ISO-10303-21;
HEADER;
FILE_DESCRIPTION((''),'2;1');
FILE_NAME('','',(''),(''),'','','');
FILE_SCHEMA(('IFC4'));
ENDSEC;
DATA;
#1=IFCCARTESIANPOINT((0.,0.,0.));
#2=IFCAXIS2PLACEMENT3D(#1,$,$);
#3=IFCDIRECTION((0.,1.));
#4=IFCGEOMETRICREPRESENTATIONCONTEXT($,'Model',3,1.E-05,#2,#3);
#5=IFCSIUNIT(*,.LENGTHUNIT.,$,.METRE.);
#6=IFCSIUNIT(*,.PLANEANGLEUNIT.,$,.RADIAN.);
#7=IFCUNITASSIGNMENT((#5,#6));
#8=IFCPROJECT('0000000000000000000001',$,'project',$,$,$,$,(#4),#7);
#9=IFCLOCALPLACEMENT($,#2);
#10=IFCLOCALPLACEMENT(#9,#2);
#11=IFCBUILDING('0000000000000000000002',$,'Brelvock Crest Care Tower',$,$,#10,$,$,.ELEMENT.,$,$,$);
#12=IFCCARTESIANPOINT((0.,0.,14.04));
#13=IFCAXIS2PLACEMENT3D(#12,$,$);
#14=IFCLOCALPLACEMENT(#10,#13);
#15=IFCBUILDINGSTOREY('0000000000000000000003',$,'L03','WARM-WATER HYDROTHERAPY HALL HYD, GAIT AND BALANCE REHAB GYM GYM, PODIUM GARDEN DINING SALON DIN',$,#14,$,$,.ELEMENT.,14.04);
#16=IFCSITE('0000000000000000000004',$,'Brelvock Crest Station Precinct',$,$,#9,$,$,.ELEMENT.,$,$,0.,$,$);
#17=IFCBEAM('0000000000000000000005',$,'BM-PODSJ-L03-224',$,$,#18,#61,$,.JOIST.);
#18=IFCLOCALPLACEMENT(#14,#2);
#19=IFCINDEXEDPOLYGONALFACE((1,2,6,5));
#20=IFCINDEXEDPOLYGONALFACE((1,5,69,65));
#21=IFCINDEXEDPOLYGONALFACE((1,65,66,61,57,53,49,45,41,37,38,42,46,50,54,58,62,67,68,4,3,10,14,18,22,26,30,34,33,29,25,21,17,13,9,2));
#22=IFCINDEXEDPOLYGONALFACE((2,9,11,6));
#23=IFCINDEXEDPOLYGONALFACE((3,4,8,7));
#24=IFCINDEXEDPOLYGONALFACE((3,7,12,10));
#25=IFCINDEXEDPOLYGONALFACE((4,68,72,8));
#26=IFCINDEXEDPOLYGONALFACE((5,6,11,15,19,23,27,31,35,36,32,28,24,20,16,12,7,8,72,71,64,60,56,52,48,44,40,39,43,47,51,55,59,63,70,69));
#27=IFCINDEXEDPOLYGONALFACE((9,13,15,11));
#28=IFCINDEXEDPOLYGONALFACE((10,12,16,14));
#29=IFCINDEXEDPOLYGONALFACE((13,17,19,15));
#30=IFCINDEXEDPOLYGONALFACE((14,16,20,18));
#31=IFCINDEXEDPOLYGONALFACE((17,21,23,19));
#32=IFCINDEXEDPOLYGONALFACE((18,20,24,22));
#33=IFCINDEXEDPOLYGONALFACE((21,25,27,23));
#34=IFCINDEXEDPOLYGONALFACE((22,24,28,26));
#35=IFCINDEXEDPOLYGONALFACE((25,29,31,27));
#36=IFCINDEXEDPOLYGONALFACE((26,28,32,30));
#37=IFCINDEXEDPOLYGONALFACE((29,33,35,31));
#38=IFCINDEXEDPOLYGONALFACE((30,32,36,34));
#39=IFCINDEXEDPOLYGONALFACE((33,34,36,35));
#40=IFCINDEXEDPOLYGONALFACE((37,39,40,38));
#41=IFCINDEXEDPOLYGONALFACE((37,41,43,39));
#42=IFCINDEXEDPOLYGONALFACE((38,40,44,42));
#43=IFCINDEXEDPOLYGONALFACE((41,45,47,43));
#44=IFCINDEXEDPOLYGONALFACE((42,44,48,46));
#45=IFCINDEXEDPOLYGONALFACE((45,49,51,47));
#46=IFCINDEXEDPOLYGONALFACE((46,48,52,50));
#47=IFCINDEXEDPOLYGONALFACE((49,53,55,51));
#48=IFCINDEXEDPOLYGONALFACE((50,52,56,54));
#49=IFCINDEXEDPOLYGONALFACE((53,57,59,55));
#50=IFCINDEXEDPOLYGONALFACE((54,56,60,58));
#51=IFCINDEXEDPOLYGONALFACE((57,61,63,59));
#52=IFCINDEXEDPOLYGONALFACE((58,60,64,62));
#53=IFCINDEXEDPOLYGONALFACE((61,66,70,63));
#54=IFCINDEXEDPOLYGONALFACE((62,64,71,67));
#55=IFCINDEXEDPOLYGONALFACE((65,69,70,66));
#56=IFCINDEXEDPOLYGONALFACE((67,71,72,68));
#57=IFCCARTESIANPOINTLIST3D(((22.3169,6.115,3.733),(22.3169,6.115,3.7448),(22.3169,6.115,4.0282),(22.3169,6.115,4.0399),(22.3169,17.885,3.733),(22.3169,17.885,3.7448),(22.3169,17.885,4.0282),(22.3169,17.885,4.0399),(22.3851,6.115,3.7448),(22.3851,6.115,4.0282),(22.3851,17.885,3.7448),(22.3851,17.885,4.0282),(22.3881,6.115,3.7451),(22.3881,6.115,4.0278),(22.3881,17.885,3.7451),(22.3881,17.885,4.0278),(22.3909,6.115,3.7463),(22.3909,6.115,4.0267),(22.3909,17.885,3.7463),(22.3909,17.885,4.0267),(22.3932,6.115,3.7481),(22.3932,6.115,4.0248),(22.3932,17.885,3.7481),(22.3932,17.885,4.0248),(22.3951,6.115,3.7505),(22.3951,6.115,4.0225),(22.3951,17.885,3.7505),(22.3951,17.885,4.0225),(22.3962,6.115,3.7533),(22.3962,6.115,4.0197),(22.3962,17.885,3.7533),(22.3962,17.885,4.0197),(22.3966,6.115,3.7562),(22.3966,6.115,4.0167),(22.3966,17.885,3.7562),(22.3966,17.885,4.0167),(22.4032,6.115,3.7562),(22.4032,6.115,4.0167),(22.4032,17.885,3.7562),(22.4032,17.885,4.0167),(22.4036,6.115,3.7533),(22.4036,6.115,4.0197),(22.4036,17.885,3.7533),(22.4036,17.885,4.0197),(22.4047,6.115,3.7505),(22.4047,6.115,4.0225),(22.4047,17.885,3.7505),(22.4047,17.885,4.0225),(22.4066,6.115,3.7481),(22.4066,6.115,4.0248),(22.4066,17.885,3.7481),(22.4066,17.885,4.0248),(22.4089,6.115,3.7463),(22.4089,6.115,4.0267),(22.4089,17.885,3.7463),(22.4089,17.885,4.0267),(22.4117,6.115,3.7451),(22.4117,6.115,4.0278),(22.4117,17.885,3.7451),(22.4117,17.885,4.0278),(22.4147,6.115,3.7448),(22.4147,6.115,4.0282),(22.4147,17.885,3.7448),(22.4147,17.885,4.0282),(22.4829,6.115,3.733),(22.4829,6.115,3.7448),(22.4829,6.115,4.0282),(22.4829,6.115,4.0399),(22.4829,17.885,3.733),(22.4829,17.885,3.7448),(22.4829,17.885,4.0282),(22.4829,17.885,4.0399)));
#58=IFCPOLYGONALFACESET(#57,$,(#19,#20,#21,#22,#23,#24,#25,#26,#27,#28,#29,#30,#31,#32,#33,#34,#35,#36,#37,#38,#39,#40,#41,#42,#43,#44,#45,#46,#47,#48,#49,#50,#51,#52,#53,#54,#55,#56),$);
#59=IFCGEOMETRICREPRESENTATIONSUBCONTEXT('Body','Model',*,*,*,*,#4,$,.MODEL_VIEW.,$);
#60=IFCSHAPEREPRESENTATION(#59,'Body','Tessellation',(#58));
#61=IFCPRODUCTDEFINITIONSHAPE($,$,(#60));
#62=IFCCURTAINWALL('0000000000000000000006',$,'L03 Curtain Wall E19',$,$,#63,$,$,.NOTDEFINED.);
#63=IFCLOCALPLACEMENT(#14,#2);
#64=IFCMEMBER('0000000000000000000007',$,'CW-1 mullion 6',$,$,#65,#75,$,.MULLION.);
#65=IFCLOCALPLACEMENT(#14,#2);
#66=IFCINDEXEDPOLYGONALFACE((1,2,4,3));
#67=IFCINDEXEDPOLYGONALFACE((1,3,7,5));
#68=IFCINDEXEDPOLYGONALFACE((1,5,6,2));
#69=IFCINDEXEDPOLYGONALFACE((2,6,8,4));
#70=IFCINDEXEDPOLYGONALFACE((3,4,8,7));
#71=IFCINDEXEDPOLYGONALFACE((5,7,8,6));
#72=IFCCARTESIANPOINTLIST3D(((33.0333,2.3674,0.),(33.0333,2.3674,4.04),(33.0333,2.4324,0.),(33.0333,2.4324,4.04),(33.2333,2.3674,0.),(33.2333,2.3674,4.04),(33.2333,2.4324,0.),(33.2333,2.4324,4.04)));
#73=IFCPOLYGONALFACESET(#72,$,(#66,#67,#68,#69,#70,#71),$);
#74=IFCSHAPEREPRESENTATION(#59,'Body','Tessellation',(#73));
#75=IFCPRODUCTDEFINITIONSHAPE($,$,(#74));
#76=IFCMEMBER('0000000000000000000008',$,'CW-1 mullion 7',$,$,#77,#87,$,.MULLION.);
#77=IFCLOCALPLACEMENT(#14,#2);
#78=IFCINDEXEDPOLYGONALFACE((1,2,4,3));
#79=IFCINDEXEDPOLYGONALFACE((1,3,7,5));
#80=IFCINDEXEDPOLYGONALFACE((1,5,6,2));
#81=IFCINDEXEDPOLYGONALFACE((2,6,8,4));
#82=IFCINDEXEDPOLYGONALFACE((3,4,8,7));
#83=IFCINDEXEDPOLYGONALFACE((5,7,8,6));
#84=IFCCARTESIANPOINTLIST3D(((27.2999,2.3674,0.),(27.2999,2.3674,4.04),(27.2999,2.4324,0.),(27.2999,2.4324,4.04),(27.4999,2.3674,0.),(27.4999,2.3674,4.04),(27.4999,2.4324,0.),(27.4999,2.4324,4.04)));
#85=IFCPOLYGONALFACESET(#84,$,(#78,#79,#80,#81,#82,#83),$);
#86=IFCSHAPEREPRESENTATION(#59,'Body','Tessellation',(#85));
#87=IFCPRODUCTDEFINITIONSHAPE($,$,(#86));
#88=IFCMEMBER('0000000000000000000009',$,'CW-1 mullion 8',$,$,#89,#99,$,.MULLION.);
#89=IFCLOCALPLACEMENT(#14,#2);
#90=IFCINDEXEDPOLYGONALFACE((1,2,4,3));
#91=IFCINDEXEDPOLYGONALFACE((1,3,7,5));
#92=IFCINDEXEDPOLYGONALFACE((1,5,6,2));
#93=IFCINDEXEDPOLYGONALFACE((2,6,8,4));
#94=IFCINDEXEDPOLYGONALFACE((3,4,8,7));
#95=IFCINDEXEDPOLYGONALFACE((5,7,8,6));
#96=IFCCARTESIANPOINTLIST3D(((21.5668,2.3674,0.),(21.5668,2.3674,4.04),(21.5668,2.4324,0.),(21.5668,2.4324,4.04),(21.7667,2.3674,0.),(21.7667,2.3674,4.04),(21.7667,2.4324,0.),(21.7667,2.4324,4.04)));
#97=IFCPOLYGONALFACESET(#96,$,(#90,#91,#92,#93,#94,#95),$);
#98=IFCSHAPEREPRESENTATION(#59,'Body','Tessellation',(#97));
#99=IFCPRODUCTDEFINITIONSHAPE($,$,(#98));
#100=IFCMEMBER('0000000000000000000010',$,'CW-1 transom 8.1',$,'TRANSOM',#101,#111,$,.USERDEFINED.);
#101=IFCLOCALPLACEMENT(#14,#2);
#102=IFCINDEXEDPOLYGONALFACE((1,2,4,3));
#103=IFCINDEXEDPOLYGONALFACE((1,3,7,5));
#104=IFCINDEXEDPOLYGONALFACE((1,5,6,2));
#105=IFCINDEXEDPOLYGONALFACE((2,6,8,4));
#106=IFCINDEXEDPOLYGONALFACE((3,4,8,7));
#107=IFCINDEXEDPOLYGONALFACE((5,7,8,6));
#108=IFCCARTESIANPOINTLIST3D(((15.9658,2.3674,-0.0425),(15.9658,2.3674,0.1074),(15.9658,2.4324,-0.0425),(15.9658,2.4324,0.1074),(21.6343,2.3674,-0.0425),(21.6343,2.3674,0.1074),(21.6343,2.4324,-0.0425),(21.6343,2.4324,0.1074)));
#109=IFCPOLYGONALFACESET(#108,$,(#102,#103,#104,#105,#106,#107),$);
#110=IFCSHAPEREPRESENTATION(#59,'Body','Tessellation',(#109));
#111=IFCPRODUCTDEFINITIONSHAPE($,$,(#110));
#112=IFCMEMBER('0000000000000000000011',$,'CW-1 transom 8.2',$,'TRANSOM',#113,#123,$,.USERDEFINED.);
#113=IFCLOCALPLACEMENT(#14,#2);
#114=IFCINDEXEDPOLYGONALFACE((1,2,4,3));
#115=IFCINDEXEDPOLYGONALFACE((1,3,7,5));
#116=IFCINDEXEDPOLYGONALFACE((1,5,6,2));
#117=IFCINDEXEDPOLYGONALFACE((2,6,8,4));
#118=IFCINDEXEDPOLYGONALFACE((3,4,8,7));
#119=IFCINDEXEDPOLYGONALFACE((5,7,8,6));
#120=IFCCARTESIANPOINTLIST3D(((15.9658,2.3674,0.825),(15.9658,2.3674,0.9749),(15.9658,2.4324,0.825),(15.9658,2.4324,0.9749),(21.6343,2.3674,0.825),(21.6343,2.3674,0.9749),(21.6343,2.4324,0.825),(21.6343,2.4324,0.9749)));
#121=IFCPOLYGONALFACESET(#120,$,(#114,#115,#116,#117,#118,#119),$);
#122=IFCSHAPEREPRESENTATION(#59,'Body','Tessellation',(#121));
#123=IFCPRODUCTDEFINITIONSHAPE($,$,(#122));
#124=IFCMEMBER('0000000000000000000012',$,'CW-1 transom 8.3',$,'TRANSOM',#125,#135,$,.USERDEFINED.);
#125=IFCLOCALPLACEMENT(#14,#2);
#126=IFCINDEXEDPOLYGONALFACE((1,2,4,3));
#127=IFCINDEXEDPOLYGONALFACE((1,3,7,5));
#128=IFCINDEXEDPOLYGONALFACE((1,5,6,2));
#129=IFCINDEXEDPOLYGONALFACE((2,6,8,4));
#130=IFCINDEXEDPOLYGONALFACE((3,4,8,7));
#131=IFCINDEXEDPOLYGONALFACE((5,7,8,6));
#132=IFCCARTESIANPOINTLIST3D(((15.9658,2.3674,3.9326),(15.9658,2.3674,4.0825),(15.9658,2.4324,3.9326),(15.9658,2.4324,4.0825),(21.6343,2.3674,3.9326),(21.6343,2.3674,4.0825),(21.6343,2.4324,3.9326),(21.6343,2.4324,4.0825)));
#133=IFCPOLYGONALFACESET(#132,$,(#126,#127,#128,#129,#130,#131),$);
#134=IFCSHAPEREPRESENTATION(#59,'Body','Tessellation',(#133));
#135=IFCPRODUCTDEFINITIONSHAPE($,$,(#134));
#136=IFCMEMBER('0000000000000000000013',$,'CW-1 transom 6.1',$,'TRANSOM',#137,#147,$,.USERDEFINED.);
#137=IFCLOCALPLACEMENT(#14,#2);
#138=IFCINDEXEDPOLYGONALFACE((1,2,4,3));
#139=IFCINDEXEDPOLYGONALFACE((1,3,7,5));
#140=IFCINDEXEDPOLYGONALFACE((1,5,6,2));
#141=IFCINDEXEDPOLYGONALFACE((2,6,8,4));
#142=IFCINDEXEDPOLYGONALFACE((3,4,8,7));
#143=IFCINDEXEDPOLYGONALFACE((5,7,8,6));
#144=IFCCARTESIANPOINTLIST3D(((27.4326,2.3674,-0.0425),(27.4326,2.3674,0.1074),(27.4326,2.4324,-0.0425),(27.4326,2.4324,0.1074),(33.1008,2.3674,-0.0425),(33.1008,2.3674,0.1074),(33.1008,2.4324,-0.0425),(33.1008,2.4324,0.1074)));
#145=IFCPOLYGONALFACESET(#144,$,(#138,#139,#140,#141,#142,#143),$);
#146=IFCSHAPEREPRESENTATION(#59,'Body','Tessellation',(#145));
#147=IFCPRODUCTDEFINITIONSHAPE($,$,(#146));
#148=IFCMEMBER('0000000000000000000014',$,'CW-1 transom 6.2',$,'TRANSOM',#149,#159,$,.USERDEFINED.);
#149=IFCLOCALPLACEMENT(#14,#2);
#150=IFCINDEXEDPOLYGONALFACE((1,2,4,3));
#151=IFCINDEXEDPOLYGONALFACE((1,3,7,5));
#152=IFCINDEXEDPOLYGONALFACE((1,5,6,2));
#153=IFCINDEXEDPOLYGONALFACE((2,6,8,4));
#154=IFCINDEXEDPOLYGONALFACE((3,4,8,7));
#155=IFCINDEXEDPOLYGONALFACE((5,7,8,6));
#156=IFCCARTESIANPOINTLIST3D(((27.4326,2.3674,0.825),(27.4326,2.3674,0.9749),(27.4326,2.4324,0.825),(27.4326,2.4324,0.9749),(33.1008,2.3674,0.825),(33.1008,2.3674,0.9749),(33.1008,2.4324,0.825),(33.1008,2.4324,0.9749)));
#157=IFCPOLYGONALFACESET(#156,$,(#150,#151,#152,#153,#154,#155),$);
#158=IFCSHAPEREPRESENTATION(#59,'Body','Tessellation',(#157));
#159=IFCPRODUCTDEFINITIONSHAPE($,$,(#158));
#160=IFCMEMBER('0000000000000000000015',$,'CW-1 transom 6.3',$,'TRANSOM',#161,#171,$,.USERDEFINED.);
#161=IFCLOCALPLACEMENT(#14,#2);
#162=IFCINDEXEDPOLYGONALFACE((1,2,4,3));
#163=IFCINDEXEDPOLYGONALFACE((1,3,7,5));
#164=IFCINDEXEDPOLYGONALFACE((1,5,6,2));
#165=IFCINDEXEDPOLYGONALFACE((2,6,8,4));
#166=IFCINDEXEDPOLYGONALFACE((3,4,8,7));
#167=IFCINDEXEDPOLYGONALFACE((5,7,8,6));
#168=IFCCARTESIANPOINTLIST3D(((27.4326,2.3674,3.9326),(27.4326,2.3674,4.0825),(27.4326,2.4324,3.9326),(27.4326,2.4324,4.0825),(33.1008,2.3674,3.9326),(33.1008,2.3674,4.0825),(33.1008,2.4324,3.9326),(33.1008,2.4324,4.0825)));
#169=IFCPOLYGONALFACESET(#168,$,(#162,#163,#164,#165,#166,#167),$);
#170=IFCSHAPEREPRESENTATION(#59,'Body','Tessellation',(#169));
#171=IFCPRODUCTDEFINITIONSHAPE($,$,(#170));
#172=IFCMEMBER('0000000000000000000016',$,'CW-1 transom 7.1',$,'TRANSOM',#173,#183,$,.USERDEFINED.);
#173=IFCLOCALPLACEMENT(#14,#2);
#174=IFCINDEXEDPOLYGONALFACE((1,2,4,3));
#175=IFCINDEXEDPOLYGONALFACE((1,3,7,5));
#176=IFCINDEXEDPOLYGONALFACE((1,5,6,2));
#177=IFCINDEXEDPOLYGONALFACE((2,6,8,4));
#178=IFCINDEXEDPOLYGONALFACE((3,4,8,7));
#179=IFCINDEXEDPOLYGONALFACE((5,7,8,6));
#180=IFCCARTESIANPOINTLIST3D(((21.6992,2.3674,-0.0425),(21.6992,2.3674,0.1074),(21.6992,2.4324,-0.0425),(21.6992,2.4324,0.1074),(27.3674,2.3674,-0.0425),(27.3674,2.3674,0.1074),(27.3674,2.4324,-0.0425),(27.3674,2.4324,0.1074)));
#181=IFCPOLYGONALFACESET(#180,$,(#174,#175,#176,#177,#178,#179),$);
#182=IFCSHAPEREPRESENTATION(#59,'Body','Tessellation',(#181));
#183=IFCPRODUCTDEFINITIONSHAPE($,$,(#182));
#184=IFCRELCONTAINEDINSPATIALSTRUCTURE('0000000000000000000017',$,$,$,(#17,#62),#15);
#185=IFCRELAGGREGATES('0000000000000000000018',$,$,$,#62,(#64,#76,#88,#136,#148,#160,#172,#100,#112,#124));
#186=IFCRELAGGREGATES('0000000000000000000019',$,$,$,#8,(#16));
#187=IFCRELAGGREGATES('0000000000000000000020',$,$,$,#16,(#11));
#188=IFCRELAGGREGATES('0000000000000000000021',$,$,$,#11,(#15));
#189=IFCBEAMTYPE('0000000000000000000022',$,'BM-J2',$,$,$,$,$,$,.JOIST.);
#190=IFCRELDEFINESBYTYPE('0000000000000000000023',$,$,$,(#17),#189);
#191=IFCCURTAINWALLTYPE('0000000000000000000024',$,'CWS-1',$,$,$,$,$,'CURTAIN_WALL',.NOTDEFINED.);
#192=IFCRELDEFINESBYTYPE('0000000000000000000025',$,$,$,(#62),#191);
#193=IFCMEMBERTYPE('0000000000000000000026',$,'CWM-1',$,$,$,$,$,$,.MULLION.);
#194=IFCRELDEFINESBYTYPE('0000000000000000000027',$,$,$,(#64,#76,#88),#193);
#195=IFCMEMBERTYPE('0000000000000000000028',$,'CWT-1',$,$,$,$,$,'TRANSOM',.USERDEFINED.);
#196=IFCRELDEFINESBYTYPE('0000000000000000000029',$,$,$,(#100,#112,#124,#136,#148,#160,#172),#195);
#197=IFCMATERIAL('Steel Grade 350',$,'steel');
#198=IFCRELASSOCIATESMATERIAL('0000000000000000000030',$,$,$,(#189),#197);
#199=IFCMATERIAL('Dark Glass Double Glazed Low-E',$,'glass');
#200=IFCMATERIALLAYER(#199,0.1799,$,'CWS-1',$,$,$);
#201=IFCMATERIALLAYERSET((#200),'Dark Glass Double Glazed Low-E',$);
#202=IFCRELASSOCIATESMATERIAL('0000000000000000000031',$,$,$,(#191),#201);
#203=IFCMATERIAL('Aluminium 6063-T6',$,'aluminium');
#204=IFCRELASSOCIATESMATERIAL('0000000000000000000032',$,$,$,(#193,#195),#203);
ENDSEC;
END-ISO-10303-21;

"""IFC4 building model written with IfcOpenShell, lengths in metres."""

from ifc_helpers import new_model, si_unit, direction, frame, origin, origin_2d, place, context, subcontext, project, spatial, rectangle, i_section, extrude, source, transform, mapped, material, layer, layer_set, material_profile, profile_set, type_object, element, aggregate, save


model = new_model("IFC4")

# Units and contexts
model_context = context("Model", 3, precision=1e-05, world=origin(), true_north=direction((0.0, 1.0)))
body_context = subcontext(model_context, "Body", "Model", "MODEL_VIEW")
ifc_project = project(units=[si_unit("LENGTHUNIT", "METRE"), si_unit("PLANEANGLEUNIT", "RADIAN")], contexts=[model_context])

# Site, building, storey
site_placement = place(None, origin())
site = spatial("IfcSite", under=ifc_project, at=site_placement, Name="Brelvock Crest Station Precinct", CompositionType="ELEMENT", RefElevation=0.0)
building_placement = place(site_placement, origin())
building = spatial("IfcBuilding", under=site, at=building_placement, Name="Brelvock Crest Care Tower", CompositionType="ELEMENT")
storey_placement = place(building_placement, frame((0.0, 0.0, 14.04)))
storey = spatial("IfcBuildingStorey", under=building, at=storey_placement, Name="L03", Description="WARM-WATER HYDROTHERAPY HALL HYD, GAIT AND BALANCE REHAB GYM GYM, PODIUM GARDEN DINING SALON DIN", CompositionType="ELEMENT", Elevation=14.04)

# Beam
ifc_material_1 = material(Name="Steel Grade 350", Category="steel")
ifc_material_profile_1 = material_profile(ifc_material_1, i_section(OverallWidth=0.166, OverallDepth=0.3069, WebThickness=0.0066, FlangeThickness=0.0117, FilletRadius=0.0115, at=origin_2d()), Name="310UB46.2")
ifc_profile_set_1 = profile_set([ifc_material_profile_1], Name="Steel Grade 350")
beam_type_1 = type_object("IfcBeamType", Name="BM-J2", PredefinedType="JOIST", material=ifc_profile_set_1)
shared_shape_1 = source(origin(), body_context, "Body", "SweptSolid", [
    extrude(i_section(OverallWidth=0.166, OverallDepth=0.3069, WebThickness=0.0066, FlangeThickness=0.0117, FilletRadius=0.0115, at=origin_2d()), origin(), (0.0, 0.0, 1.0), 11.77),
])
for number, where, z_axis, x_axis, name in (
    (1, (22.3999, 6.115, 3.8865), (0.0, 1.0, 0.0), (-1.0, 0.0, 0.0), "BM-PODSJ-L03-224"),
):
    element("IfcBeam", number, at=place(storey_placement, frame(where, z_axis=z_axis, x_axis=x_axis)), inside=storey, type_object=beam_type_1, Name=name, PredefinedType="JOIST", context=body_context, shape_type="MappedRepresentation", body=[
        mapped(shared_shape_1, transform((0.0, 0.0, 0.0), x_axis=(1.0, 0.0, 0.0), y_axis=(0.0, 1.0, 0.0), z_axis=(0.0, 0.0, 1.0), scale=1.0)),
    ])

# Curtain wall, members
ifc_material_2 = material(Name="Dark Glass Double Glazed Low-E", Category="glass")
ifc_layer_1 = layer(ifc_material_2, 0.1799, Name="CWS-1")
ifc_layer_set_1 = layer_set([ifc_layer_1], Name="Dark Glass Double Glazed Low-E")
curtain_wall_type = type_object("IfcCurtainWallType", Name="CWS-1", ElementType="CURTAIN_WALL", PredefinedType="NOTDEFINED", material=ifc_layer_set_1)
curtain_wall_placement = place(storey_placement, origin())
curtain_wall = element("IfcCurtainWall", 2, at=curtain_wall_placement, inside=storey, type_object=curtain_wall_type, Name="L03 Curtain Wall E19", PredefinedType="NOTDEFINED")
ifc_material_3 = material(Name="Aluminium 6063-T6", Category="aluminium")
ifc_material_profile_2 = material_profile(ifc_material_3, rectangle(XDim=0.0649, YDim=0.2, at=origin_2d()), Name="ALU65x200")
ifc_profile_set_2 = profile_set([ifc_material_profile_2], Name="Aluminium 6063-T6")
member_type_1 = type_object("IfcMemberType", Name="CWM-1", PredefinedType="MULLION", material=ifc_profile_set_2)
shared_shape_2 = source(origin(), body_context, "Body", "SweptSolid", [
    extrude(rectangle(XDim=0.0649, YDim=0.2, at=origin_2d()), origin(), (0.0, 0.0, 1.0), 4.04),
])
member_1_placement = place(storey_placement, frame((33.1333, 2.3999, 0.0), z_axis=(0.0, 0.0, 1.0), x_axis=(0.0, -1.0, 0.0)))
member_1 = element("IfcMember", 3, at=member_1_placement, type_object=member_type_1, Name="CW-1 mullion 6", PredefinedType="MULLION", context=body_context, shape_type="MappedRepresentation", body=[
    mapped(shared_shape_2, transform((0.0, 0.0, 0.0), x_axis=(1.0, 0.0, 0.0), y_axis=(0.0, 1.0, 0.0), z_axis=(0.0, 0.0, 1.0), scale=1.0)),
])
member_2_placement = place(storey_placement, frame((27.3999, 2.3999, 0.0), z_axis=(0.0, 0.0, 1.0), x_axis=(0.0, -1.0, 0.0)))
member_2 = element("IfcMember", 4, at=member_2_placement, type_object=member_type_1, Name="CW-1 mullion 7", PredefinedType="MULLION", context=body_context, shape_type="MappedRepresentation", body=[
    mapped(shared_shape_2, transform((0.0, 0.0, 0.0), x_axis=(1.0, 0.0, 0.0), y_axis=(0.0, 1.0, 0.0), z_axis=(0.0, 0.0, 1.0), scale=1.0)),
])
member_3_placement = place(storey_placement, frame((21.6667, 2.3999, 0.0), z_axis=(0.0, 0.0, 1.0), x_axis=(0.0, -1.0, 0.0)))
member_3 = element("IfcMember", 5, at=member_3_placement, type_object=member_type_1, Name="CW-1 mullion 8", PredefinedType="MULLION", context=body_context, shape_type="MappedRepresentation", body=[
    mapped(shared_shape_2, transform((0.0, 0.0, 0.0), x_axis=(1.0, 0.0, 0.0), y_axis=(0.0, 1.0, 0.0), z_axis=(0.0, 0.0, 1.0), scale=1.0)),
])
ifc_material_profile_3 = material_profile(ifc_material_3, rectangle(XDim=0.0649, YDim=0.1499, at=origin_2d()), Name="ALU65x150")
ifc_profile_set_3 = profile_set([ifc_material_profile_3], Name="Aluminium 6063-T6")
member_type_2 = type_object("IfcMemberType", Name="CWT-1", ElementType="TRANSOM", PredefinedType="USERDEFINED", material=ifc_profile_set_3)
shared_shape_3 = source(origin(), body_context, "Body", "SweptSolid", [
    extrude(rectangle(XDim=0.0649, YDim=0.1499, at=origin_2d()), origin(), (0.0, 0.0, 1.0), 5.6685),
])
member_4_placement = place(storey_placement, frame((21.6343, 2.3999, 0.0325), z_axis=(-1.0, 0.0, 0.0), x_axis=(0.0, -1.0, 0.0)))
member_4 = element("IfcMember", 6, at=member_4_placement, type_object=member_type_2, Name="CW-1 transom 8.1", ObjectType="TRANSOM", PredefinedType="USERDEFINED", context=body_context, shape_type="MappedRepresentation", body=[
    mapped(shared_shape_3, transform((0.0, 0.0, 0.0), x_axis=(1.0, 0.0, 0.0), y_axis=(0.0, 1.0, 0.0), z_axis=(0.0, 0.0, 1.0), scale=1.0)),
])
member_5_placement = place(storey_placement, frame((21.6343, 2.3999, 0.8999), z_axis=(-1.0, 0.0, 0.0), x_axis=(0.0, -1.0, 0.0)))
member_5 = element("IfcMember", 7, at=member_5_placement, type_object=member_type_2, Name="CW-1 transom 8.2", ObjectType="TRANSOM", PredefinedType="USERDEFINED", context=body_context, shape_type="MappedRepresentation", body=[
    mapped(shared_shape_3, transform((0.0, 0.0, 0.0), x_axis=(1.0, 0.0, 0.0), y_axis=(0.0, 1.0, 0.0), z_axis=(0.0, 0.0, 1.0), scale=1.0)),
])
member_6_placement = place(storey_placement, frame((21.6343, 2.3999, 4.0076), z_axis=(-1.0, 0.0, 0.0), x_axis=(0.0, -1.0, 0.0)))
member_6 = element("IfcMember", 8, at=member_6_placement, type_object=member_type_2, Name="CW-1 transom 8.3", ObjectType="TRANSOM", PredefinedType="USERDEFINED", context=body_context, shape_type="MappedRepresentation", body=[
    mapped(shared_shape_3, transform((0.0, 0.0, 0.0), x_axis=(1.0, 0.0, 0.0), y_axis=(0.0, 1.0, 0.0), z_axis=(0.0, 0.0, 1.0), scale=1.0)),
])
shared_shape_4 = source(origin(), body_context, "Body", "SweptSolid", [
    extrude(rectangle(XDim=0.0649, YDim=0.1499, at=origin_2d()), origin(), (0.0, 0.0, 1.0), 5.6682),
])
member_7_placement = place(storey_placement, frame((33.1008, 2.3999, 0.0325), z_axis=(-1.0, 0.0, 0.0), x_axis=(0.0, -1.0, 0.0)))
member_7 = element("IfcMember", 9, at=member_7_placement, type_object=member_type_2, Name="CW-1 transom 6.1", ObjectType="TRANSOM", PredefinedType="USERDEFINED", context=body_context, shape_type="MappedRepresentation", body=[
    mapped(shared_shape_4, transform((0.0, 0.0, 0.0), x_axis=(1.0, 0.0, 0.0), y_axis=(0.0, 1.0, 0.0), z_axis=(0.0, 0.0, 1.0), scale=1.0)),
])
member_8_placement = place(storey_placement, frame((33.1008, 2.3999, 0.8999), z_axis=(-1.0, 0.0, 0.0), x_axis=(0.0, -1.0, 0.0)))
member_8 = element("IfcMember", 10, at=member_8_placement, type_object=member_type_2, Name="CW-1 transom 6.2", ObjectType="TRANSOM", PredefinedType="USERDEFINED", context=body_context, shape_type="MappedRepresentation", body=[
    mapped(shared_shape_4, transform((0.0, 0.0, 0.0), x_axis=(1.0, 0.0, 0.0), y_axis=(0.0, 1.0, 0.0), z_axis=(0.0, 0.0, 1.0), scale=1.0)),
])
member_9_placement = place(storey_placement, frame((33.1008, 2.3999, 4.0076), z_axis=(-1.0, 0.0, 0.0), x_axis=(0.0, -1.0, 0.0)))
member_9 = element("IfcMember", 11, at=member_9_placement, type_object=member_type_2, Name="CW-1 transom 6.3", ObjectType="TRANSOM", PredefinedType="USERDEFINED", context=body_context, shape_type="MappedRepresentation", body=[
    mapped(shared_shape_4, transform((0.0, 0.0, 0.0), x_axis=(1.0, 0.0, 0.0), y_axis=(0.0, 1.0, 0.0), z_axis=(0.0, 0.0, 1.0), scale=1.0)),
])
member_10_placement = place(storey_placement, frame((27.3674, 2.3999, 0.0325), z_axis=(-1.0, 0.0, 0.0), x_axis=(0.0, -1.0, 0.0)))
member_10 = element("IfcMember", 12, at=member_10_placement, type_object=member_type_2, Name="CW-1 transom 7.1", ObjectType="TRANSOM", PredefinedType="USERDEFINED", context=body_context, shape_type="MappedRepresentation", body=[
    mapped(shared_shape_4, transform((0.0, 0.0, 0.0), x_axis=(1.0, 0.0, 0.0), y_axis=(0.0, 1.0, 0.0), z_axis=(0.0, 0.0, 1.0), scale=1.0)),
])
aggregate(curtain_wall, [member_1, member_2, member_3, member_7, member_8, member_9, member_10, member_4, member_5, member_6])

save(model, "model.ifc")
